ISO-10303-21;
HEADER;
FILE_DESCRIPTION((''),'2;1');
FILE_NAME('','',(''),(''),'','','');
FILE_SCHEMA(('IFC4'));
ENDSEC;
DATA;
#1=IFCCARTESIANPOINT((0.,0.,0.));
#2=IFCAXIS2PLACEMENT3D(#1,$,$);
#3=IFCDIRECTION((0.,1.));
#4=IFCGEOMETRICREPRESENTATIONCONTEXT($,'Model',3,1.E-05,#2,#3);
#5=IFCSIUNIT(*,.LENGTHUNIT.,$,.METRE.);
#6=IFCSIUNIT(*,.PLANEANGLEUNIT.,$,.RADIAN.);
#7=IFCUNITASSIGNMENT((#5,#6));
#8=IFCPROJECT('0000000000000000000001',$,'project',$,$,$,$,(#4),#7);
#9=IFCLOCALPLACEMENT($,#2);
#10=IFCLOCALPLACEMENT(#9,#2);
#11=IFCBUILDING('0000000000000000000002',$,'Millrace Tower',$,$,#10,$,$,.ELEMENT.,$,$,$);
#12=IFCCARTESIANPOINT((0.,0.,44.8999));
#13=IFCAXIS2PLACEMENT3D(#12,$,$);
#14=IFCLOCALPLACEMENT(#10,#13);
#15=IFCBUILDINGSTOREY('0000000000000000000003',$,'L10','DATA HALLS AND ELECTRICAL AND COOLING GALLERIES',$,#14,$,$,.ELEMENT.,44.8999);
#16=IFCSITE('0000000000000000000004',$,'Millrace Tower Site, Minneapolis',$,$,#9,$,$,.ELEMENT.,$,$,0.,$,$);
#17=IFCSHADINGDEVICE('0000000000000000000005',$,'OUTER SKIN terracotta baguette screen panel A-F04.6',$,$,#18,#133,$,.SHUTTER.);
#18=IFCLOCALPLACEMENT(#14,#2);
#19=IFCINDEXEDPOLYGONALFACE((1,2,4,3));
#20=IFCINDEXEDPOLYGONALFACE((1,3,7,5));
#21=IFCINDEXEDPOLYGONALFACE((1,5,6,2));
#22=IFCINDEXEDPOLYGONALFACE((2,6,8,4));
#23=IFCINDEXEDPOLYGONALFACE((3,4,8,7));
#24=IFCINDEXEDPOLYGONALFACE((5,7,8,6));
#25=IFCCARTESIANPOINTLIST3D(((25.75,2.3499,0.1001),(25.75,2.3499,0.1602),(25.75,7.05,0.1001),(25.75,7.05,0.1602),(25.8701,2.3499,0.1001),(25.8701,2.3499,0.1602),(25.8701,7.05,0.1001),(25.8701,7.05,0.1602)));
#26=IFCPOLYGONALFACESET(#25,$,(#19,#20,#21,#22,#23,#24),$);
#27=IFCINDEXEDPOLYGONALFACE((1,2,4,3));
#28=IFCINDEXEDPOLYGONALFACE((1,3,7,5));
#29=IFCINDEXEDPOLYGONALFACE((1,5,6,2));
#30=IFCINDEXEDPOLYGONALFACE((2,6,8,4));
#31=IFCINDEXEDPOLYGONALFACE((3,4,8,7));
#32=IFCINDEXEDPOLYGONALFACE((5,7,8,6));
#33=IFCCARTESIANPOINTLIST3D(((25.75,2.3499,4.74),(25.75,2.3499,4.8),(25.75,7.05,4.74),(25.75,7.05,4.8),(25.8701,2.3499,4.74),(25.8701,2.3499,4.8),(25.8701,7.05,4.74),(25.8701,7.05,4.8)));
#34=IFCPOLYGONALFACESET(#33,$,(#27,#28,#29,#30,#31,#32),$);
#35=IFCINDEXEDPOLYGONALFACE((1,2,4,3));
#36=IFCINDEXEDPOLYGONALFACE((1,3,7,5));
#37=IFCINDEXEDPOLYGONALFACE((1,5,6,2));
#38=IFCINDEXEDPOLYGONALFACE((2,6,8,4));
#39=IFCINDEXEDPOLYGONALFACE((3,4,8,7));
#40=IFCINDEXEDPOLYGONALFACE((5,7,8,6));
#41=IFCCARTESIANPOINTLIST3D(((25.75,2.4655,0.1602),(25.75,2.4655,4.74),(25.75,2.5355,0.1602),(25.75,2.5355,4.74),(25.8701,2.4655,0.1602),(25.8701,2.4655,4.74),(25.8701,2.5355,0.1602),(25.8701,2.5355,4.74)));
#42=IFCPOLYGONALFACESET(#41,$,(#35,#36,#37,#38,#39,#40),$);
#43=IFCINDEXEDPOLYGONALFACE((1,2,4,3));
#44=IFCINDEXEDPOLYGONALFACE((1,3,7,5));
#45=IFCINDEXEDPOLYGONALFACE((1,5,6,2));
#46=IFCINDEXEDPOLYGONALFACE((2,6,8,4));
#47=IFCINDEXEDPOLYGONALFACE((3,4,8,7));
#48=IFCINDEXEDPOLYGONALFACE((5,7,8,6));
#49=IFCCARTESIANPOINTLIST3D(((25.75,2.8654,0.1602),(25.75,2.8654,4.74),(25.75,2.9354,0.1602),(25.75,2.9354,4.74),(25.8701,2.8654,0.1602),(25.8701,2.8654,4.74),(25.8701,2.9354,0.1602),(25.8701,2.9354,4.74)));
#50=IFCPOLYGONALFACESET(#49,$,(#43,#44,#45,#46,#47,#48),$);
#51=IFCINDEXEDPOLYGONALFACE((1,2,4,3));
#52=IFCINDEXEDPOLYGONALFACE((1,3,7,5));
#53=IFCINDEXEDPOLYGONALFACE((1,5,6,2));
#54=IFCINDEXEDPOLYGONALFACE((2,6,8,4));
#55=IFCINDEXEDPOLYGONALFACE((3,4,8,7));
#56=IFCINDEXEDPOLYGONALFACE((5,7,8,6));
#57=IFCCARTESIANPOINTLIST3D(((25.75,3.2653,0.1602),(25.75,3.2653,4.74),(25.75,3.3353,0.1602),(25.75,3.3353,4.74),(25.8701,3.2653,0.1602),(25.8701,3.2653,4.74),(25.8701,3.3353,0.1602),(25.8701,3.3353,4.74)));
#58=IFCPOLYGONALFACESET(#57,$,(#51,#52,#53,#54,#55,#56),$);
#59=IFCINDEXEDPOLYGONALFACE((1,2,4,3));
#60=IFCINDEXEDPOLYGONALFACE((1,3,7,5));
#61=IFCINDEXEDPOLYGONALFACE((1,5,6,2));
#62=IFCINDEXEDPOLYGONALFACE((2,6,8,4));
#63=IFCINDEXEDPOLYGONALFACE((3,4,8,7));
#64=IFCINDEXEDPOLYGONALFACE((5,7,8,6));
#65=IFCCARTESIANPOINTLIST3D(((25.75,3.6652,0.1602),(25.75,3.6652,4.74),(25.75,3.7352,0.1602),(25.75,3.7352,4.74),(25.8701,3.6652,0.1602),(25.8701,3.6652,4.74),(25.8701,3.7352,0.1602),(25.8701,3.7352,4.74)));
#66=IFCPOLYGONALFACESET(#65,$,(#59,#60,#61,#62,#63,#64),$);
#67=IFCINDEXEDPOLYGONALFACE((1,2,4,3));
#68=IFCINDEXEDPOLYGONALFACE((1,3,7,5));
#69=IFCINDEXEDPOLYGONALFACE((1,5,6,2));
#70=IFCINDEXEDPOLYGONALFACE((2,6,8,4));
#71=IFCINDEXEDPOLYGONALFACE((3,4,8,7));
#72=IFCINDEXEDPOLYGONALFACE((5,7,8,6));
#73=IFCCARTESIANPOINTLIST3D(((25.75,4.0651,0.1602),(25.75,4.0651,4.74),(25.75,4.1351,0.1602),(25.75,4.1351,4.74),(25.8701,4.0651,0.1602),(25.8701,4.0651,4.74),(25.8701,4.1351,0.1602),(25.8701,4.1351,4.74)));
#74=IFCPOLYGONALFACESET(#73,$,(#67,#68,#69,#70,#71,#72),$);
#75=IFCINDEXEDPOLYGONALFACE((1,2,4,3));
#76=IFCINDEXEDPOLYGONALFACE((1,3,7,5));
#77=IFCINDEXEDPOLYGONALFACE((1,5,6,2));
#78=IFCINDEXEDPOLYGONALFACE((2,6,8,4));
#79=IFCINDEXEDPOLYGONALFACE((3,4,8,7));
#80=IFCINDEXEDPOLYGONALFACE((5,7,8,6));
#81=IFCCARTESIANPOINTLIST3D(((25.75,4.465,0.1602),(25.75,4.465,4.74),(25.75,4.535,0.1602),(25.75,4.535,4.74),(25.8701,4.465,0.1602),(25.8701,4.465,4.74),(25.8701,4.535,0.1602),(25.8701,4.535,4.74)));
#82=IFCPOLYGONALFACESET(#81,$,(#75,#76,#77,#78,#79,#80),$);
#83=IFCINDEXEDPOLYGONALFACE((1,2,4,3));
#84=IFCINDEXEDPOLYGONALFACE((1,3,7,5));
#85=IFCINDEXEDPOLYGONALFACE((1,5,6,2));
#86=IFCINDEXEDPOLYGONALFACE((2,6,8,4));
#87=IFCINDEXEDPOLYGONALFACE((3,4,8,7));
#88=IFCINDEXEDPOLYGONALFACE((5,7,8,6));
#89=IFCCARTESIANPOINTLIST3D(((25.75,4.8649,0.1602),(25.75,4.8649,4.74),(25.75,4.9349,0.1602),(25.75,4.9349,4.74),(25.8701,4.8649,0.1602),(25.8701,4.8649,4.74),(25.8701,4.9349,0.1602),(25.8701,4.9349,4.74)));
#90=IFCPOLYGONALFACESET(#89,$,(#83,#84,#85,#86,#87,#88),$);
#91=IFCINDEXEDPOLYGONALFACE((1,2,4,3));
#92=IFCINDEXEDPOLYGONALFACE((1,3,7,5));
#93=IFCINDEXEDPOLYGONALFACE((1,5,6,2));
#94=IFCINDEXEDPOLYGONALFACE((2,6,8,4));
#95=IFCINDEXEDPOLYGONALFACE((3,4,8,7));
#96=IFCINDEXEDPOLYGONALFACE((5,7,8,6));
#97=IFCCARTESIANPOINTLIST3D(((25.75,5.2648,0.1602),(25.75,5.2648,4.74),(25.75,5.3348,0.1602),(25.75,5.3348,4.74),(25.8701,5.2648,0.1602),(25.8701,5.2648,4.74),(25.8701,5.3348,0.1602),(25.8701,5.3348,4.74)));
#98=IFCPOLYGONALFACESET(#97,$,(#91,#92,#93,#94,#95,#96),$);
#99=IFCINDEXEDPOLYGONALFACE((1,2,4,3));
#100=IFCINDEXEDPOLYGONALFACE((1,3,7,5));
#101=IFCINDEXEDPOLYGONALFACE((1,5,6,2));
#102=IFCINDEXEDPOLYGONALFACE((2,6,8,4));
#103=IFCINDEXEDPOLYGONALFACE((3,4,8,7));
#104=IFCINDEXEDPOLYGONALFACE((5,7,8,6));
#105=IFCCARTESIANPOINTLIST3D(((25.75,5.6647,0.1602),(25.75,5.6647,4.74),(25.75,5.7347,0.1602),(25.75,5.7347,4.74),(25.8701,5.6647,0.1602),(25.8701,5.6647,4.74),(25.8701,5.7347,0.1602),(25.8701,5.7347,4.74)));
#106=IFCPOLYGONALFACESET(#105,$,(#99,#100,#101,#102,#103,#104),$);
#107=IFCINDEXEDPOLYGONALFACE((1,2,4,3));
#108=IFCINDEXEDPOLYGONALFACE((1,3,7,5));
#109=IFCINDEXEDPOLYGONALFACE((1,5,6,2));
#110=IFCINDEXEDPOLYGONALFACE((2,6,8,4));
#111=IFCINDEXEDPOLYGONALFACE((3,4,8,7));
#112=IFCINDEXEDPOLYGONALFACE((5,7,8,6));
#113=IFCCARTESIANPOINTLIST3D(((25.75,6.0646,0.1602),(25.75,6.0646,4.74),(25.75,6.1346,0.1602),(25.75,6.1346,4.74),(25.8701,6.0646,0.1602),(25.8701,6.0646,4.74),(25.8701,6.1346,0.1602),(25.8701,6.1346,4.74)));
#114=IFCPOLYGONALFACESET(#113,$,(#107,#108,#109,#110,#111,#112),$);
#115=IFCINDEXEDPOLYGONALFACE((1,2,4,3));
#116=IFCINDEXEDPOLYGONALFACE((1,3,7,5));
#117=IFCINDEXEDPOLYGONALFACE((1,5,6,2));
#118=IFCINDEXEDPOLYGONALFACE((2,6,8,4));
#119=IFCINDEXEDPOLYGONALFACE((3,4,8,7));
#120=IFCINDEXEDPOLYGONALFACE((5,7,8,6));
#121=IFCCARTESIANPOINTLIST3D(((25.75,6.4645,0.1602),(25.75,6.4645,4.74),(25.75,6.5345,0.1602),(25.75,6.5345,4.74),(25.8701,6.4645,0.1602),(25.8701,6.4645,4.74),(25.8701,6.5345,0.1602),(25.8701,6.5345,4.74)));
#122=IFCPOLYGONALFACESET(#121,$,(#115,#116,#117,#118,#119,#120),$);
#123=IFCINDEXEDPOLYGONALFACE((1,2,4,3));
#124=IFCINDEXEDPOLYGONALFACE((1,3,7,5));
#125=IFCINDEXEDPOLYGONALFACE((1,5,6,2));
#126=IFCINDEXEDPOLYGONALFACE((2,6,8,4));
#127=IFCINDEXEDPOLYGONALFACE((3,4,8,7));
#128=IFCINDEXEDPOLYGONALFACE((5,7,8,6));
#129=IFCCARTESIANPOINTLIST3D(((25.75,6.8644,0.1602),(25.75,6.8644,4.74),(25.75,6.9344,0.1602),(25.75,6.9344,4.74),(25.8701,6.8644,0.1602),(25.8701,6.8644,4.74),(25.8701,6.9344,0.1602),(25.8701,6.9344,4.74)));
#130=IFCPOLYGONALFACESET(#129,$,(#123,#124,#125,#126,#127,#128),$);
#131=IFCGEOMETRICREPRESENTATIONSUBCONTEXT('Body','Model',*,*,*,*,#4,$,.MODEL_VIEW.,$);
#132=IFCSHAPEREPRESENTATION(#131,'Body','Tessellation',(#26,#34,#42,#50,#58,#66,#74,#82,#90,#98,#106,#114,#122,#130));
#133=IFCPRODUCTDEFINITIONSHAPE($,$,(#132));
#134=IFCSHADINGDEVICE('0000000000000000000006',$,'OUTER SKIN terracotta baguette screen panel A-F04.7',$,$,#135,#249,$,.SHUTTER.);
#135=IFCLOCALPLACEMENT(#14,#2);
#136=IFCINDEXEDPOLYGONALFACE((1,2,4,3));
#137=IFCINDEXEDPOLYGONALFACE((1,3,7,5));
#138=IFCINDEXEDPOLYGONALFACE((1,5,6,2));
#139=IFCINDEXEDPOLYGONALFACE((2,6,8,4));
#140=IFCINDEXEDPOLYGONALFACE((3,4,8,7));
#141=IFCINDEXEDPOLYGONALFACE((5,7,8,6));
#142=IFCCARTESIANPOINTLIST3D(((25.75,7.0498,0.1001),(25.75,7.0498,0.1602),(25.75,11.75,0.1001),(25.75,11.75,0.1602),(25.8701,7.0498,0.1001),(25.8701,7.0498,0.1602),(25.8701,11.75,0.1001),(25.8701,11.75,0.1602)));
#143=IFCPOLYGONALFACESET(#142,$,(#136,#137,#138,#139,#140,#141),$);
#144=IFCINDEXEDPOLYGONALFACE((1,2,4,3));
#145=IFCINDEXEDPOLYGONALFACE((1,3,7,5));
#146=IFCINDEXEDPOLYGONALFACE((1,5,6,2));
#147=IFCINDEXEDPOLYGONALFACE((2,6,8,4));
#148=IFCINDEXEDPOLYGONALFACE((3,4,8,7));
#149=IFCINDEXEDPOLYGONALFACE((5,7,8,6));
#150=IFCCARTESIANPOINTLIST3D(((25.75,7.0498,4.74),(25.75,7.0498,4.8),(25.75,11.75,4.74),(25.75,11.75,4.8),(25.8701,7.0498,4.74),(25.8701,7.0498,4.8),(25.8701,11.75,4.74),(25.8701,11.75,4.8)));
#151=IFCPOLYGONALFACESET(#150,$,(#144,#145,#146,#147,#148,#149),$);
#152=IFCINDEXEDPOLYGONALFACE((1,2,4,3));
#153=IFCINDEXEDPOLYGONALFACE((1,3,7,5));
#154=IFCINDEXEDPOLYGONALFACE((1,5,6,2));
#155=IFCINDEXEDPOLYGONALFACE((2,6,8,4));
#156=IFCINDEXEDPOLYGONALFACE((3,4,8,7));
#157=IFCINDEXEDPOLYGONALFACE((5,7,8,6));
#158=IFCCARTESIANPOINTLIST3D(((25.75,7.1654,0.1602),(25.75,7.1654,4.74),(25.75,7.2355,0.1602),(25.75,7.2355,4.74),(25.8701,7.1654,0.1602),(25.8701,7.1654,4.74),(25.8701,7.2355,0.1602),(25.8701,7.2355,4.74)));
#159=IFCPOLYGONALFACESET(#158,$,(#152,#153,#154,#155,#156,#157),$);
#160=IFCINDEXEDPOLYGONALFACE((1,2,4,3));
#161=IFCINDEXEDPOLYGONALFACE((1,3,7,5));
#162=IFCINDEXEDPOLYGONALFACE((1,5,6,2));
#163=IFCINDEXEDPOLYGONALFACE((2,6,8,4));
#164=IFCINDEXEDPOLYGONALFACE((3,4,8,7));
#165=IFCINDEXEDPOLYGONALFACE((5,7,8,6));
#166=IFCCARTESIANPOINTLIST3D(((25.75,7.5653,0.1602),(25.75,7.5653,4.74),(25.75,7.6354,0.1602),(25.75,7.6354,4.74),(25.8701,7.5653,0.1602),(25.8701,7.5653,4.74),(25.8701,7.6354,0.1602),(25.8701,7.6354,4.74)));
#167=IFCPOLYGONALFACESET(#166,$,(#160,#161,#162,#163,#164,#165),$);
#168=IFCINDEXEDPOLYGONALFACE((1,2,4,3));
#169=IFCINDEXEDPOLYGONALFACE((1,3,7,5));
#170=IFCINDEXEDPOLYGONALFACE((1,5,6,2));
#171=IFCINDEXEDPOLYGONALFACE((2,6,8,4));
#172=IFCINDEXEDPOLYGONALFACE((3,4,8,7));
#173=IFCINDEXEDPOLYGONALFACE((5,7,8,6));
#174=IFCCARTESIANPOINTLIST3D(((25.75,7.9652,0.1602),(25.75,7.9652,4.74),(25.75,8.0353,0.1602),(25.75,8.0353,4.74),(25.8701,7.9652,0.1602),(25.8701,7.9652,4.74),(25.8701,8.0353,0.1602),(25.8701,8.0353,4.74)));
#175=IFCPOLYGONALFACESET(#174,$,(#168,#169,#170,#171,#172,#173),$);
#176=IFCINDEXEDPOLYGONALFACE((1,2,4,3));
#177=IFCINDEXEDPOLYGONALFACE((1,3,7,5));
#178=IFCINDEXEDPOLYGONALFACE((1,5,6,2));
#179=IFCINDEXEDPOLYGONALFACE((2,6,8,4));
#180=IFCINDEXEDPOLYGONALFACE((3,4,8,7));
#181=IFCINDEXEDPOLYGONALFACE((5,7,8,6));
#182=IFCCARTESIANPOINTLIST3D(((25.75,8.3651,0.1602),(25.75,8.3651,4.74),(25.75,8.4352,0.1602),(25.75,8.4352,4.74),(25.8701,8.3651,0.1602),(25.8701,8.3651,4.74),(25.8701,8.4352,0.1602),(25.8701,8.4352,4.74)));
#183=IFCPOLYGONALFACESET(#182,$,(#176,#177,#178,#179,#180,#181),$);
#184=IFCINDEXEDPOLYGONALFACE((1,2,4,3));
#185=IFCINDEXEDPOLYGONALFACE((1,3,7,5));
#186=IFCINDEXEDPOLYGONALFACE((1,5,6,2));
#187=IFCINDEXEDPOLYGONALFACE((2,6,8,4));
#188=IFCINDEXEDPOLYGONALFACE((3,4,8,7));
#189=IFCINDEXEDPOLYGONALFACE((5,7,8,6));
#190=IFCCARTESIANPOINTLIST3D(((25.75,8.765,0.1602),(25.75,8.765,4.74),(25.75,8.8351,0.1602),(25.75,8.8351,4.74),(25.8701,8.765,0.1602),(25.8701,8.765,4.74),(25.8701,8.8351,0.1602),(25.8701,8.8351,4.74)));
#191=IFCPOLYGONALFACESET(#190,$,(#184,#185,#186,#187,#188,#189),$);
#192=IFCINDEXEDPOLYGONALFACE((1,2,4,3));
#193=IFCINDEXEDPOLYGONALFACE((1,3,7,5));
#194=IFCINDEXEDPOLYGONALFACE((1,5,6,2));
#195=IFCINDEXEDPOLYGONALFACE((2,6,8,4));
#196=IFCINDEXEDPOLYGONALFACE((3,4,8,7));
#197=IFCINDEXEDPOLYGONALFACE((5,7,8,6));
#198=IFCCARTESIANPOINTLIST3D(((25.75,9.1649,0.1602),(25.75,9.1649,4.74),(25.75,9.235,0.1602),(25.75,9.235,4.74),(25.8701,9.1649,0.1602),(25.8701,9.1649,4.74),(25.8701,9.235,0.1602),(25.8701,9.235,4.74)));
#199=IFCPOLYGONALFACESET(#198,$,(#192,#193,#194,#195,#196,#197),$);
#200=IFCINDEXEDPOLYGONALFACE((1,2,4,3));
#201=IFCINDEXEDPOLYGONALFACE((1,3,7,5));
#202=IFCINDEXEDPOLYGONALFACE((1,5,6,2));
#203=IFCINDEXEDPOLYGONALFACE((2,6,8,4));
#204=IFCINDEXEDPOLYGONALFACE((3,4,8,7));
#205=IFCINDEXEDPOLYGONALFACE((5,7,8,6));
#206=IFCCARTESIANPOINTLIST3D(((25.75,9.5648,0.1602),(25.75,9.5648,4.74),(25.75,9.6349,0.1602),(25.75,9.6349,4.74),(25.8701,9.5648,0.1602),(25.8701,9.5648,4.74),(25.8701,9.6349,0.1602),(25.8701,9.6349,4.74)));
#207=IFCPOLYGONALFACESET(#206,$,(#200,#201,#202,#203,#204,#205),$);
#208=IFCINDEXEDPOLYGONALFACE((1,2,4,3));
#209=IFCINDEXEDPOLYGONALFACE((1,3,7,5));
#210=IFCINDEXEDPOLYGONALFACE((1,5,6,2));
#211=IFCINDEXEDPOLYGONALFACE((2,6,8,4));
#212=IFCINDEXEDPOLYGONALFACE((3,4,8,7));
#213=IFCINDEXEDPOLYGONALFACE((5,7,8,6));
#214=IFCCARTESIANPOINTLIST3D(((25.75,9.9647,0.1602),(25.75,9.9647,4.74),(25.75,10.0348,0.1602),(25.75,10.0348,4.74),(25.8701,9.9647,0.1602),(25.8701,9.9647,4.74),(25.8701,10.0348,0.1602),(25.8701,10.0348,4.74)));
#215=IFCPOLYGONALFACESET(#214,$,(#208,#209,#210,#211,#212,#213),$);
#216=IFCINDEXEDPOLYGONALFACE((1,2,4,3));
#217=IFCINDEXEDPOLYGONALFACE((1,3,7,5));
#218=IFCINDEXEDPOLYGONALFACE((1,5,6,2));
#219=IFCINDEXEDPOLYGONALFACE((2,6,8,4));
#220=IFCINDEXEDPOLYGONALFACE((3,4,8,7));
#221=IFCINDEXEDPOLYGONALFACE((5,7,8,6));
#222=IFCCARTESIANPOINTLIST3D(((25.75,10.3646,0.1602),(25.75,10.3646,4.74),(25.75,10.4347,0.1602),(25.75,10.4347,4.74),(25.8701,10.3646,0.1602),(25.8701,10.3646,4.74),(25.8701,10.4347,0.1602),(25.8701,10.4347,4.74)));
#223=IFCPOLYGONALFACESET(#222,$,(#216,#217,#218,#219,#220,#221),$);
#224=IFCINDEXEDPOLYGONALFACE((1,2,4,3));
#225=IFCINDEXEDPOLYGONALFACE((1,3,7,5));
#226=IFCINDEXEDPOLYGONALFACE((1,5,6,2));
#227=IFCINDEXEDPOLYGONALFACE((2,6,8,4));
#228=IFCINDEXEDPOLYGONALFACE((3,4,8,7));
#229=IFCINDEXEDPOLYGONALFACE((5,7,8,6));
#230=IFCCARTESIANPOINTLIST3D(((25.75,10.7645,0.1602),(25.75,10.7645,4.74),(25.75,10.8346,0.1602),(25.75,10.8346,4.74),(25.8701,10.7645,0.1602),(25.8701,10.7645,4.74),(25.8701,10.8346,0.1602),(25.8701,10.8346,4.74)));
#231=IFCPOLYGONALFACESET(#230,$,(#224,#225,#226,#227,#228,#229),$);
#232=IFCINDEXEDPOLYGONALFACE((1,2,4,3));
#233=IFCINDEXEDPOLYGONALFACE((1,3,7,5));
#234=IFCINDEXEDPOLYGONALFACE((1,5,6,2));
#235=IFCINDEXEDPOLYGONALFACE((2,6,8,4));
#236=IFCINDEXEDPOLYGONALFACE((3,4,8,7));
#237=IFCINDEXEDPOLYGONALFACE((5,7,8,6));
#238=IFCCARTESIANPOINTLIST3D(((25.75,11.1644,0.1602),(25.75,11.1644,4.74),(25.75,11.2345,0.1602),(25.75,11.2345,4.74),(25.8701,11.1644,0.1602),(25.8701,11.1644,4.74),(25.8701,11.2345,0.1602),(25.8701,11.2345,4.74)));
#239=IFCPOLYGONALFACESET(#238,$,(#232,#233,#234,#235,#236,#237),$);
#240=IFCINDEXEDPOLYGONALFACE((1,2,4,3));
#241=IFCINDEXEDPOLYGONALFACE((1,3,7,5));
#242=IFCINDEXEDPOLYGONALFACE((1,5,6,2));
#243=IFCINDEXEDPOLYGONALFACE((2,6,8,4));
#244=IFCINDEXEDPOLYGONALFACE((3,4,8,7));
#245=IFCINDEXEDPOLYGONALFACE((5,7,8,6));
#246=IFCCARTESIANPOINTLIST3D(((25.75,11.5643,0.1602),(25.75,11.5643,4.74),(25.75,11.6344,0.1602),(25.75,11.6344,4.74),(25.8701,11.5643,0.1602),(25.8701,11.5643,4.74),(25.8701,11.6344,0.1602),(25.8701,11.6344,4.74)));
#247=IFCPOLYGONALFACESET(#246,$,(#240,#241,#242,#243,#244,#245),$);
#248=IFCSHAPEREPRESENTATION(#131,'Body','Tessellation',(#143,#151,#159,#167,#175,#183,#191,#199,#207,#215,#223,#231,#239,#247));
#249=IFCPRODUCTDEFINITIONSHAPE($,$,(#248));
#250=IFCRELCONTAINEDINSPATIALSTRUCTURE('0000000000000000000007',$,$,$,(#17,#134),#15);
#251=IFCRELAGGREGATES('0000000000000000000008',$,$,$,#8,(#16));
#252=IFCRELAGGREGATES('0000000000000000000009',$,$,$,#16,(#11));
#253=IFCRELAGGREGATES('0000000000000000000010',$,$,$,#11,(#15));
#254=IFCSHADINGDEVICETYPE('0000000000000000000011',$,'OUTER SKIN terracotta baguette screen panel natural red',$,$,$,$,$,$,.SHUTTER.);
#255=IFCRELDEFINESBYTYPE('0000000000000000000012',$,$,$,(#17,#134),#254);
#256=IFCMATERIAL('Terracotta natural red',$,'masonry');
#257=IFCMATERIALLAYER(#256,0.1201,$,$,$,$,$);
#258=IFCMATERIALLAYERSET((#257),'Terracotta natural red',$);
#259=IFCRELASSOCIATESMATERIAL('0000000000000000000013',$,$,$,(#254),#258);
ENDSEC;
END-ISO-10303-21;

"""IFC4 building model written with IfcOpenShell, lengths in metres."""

from ifc_helpers import new_model, entity, si_unit, direction, frame, frame_2d, origin, place, context, subcontext, project, spatial, rectangle, extrude, source, transform, mapped, material, layer, layer_set, type_object, element, save


model = new_model("IFC4")

# Units and contexts
model_context = context("Model", 3, precision=1e-05, world=origin(), true_north=direction((0.0, 1.0)))
body_context = subcontext(model_context, "Body", "Model", "MODEL_VIEW")
ifc_project = project(units=[si_unit("LENGTHUNIT", "METRE"), si_unit("PLANEANGLEUNIT", "RADIAN")], contexts=[model_context])

# Site, building, storey
site_placement = place(None, origin())
site = spatial("IfcSite", under=ifc_project, at=site_placement, Name="Millrace Tower Site, Minneapolis", CompositionType="ELEMENT", RefElevation=0.0)
building_placement = place(site_placement, origin())
building = spatial("IfcBuilding", under=site, at=building_placement, Name="Millrace Tower", CompositionType="ELEMENT")
storey_placement = place(building_placement, frame((0.0, 0.0, 44.8999)))
storey = spatial("IfcBuildingStorey", under=building, at=storey_placement, Name="L10", Description="DATA HALLS AND ELECTRICAL AND COOLING GALLERIES", CompositionType="ELEMENT", Elevation=44.8999)

# Shading devices
cartesian_point = entity("IfcCartesianPoint", [-2.3501, 0.0601])
shared_polyline = entity("IfcPolyline", [cartesian_point, entity("IfcCartesianPoint", [2.3501, 0.0601]), entity("IfcCartesianPoint", [2.3501, -0.0601]), entity("IfcCartesianPoint", [-2.3501, -0.0601]), cartesian_point])
ifc_material_1 = material(Name="Terracotta natural red", Category="masonry")
ifc_layer_1 = layer(ifc_material_1, 0.1201)
ifc_layer_set_1 = layer_set([ifc_layer_1], Name="Terracotta natural red")
shading_device_type_1 = type_object("IfcShadingDeviceType", Name="OUTER SKIN terracotta baguette screen panel natural red", PredefinedType="SHUTTER", material=ifc_layer_set_1)
shared_shape_1 = source(origin(), body_context, "Body", "SweptSolid", [
    entity("IfcExtrudedAreaSolid", entity("IfcArbitraryClosedProfileDef", "AREA", None, shared_polyline), entity("IfcAxis2Placement3D", entity("IfcCartesianPoint", [0.0, 0.0, 0.0])), entity("IfcDirection", [0.0, 0.0, 1.0]), 0.0601),
    entity("IfcExtrudedAreaSolid", entity("IfcArbitraryClosedProfileDef", "AREA", None, shared_polyline), entity("IfcAxis2Placement3D", entity("IfcCartesianPoint", [0.0, 0.0, 4.6399])), entity("IfcDirection", [0.0, 0.0, 1.0]), 0.0601),
    extrude(rectangle(XDim=0.0701, YDim=0.1201, at=frame_2d((-2.1995, 0.0))), frame((0.0, 0.0, 0.0601)), (0.0, 0.0, 1.0), 4.5798),
    extrude(rectangle(XDim=0.0701, YDim=0.1201, at=frame_2d((-1.7996, 0.0))), frame((0.0, 0.0, 0.0601)), (0.0, 0.0, 1.0), 4.5798),
    extrude(rectangle(XDim=0.0701, YDim=0.1201, at=frame_2d((-1.3997, 0.0))), frame((0.0, 0.0, 0.0601)), (0.0, 0.0, 1.0), 4.5798),
    extrude(rectangle(XDim=0.0701, YDim=0.1201, at=frame_2d((-0.9998, 0.0))), frame((0.0, 0.0, 0.0601)), (0.0, 0.0, 1.0), 4.5798),
    extrude(rectangle(XDim=0.0701, YDim=0.1201, at=frame_2d((-0.5999, 0.0))), frame((0.0, 0.0, 0.0601)), (0.0, 0.0, 1.0), 4.5798),
    extrude(rectangle(XDim=0.0701, YDim=0.1201, at=frame_2d((-0.2, 0.0))), frame((0.0, 0.0, 0.0601)), (0.0, 0.0, 1.0), 4.5798),
    extrude(rectangle(XDim=0.0701, YDim=0.1201, at=frame_2d((0.2, 0.0))), frame((0.0, 0.0, 0.0601)), (0.0, 0.0, 1.0), 4.5798),
    extrude(rectangle(XDim=0.0701, YDim=0.1201, at=frame_2d((0.5999, 0.0))), frame((0.0, 0.0, 0.0601)), (0.0, 0.0, 1.0), 4.5798),
    extrude(rectangle(XDim=0.0701, YDim=0.1201, at=frame_2d((0.9998, 0.0))), frame((0.0, 0.0, 0.0601)), (0.0, 0.0, 1.0), 4.5798),
    extrude(rectangle(XDim=0.0701, YDim=0.1201, at=frame_2d((1.3997, 0.0))), frame((0.0, 0.0, 0.0601)), (0.0, 0.0, 1.0), 4.5798),
    extrude(rectangle(XDim=0.0701, YDim=0.1201, at=frame_2d((1.7996, 0.0))), frame((0.0, 0.0, 0.0601)), (0.0, 0.0, 1.0), 4.5798),
    extrude(rectangle(XDim=0.0701, YDim=0.1201, at=frame_2d((2.1995, 0.0))), frame((0.0, 0.0, 0.0601)), (0.0, 0.0, 1.0), 4.5798),
])
for number, where, z_axis, x_axis, name in (
    (1, (25.8101, 4.7, 0.1001), (0.0, 0.0, 1.0), (0.0, 1.0, 0.0), "OUTER SKIN terracotta baguette screen panel A-F04.6"),
    (2, (25.8101, 9.3999, 0.1001), (0.0, 0.0, 1.0), (0.0, 1.0, 0.0), "OUTER SKIN terracotta baguette screen panel A-F04.7"),
):
    element("IfcShadingDevice", number, at=place(storey_placement, frame(where, z_axis=z_axis, x_axis=x_axis)), inside=storey, type_object=shading_device_type_1, Name=name, PredefinedType="SHUTTER", context=body_context, shape_type="MappedRepresentation", body=[
        mapped(shared_shape_1, transform((0.0, 0.0, 0.0), scale=1.0)),
    ])

save(model, "model.ifc")
